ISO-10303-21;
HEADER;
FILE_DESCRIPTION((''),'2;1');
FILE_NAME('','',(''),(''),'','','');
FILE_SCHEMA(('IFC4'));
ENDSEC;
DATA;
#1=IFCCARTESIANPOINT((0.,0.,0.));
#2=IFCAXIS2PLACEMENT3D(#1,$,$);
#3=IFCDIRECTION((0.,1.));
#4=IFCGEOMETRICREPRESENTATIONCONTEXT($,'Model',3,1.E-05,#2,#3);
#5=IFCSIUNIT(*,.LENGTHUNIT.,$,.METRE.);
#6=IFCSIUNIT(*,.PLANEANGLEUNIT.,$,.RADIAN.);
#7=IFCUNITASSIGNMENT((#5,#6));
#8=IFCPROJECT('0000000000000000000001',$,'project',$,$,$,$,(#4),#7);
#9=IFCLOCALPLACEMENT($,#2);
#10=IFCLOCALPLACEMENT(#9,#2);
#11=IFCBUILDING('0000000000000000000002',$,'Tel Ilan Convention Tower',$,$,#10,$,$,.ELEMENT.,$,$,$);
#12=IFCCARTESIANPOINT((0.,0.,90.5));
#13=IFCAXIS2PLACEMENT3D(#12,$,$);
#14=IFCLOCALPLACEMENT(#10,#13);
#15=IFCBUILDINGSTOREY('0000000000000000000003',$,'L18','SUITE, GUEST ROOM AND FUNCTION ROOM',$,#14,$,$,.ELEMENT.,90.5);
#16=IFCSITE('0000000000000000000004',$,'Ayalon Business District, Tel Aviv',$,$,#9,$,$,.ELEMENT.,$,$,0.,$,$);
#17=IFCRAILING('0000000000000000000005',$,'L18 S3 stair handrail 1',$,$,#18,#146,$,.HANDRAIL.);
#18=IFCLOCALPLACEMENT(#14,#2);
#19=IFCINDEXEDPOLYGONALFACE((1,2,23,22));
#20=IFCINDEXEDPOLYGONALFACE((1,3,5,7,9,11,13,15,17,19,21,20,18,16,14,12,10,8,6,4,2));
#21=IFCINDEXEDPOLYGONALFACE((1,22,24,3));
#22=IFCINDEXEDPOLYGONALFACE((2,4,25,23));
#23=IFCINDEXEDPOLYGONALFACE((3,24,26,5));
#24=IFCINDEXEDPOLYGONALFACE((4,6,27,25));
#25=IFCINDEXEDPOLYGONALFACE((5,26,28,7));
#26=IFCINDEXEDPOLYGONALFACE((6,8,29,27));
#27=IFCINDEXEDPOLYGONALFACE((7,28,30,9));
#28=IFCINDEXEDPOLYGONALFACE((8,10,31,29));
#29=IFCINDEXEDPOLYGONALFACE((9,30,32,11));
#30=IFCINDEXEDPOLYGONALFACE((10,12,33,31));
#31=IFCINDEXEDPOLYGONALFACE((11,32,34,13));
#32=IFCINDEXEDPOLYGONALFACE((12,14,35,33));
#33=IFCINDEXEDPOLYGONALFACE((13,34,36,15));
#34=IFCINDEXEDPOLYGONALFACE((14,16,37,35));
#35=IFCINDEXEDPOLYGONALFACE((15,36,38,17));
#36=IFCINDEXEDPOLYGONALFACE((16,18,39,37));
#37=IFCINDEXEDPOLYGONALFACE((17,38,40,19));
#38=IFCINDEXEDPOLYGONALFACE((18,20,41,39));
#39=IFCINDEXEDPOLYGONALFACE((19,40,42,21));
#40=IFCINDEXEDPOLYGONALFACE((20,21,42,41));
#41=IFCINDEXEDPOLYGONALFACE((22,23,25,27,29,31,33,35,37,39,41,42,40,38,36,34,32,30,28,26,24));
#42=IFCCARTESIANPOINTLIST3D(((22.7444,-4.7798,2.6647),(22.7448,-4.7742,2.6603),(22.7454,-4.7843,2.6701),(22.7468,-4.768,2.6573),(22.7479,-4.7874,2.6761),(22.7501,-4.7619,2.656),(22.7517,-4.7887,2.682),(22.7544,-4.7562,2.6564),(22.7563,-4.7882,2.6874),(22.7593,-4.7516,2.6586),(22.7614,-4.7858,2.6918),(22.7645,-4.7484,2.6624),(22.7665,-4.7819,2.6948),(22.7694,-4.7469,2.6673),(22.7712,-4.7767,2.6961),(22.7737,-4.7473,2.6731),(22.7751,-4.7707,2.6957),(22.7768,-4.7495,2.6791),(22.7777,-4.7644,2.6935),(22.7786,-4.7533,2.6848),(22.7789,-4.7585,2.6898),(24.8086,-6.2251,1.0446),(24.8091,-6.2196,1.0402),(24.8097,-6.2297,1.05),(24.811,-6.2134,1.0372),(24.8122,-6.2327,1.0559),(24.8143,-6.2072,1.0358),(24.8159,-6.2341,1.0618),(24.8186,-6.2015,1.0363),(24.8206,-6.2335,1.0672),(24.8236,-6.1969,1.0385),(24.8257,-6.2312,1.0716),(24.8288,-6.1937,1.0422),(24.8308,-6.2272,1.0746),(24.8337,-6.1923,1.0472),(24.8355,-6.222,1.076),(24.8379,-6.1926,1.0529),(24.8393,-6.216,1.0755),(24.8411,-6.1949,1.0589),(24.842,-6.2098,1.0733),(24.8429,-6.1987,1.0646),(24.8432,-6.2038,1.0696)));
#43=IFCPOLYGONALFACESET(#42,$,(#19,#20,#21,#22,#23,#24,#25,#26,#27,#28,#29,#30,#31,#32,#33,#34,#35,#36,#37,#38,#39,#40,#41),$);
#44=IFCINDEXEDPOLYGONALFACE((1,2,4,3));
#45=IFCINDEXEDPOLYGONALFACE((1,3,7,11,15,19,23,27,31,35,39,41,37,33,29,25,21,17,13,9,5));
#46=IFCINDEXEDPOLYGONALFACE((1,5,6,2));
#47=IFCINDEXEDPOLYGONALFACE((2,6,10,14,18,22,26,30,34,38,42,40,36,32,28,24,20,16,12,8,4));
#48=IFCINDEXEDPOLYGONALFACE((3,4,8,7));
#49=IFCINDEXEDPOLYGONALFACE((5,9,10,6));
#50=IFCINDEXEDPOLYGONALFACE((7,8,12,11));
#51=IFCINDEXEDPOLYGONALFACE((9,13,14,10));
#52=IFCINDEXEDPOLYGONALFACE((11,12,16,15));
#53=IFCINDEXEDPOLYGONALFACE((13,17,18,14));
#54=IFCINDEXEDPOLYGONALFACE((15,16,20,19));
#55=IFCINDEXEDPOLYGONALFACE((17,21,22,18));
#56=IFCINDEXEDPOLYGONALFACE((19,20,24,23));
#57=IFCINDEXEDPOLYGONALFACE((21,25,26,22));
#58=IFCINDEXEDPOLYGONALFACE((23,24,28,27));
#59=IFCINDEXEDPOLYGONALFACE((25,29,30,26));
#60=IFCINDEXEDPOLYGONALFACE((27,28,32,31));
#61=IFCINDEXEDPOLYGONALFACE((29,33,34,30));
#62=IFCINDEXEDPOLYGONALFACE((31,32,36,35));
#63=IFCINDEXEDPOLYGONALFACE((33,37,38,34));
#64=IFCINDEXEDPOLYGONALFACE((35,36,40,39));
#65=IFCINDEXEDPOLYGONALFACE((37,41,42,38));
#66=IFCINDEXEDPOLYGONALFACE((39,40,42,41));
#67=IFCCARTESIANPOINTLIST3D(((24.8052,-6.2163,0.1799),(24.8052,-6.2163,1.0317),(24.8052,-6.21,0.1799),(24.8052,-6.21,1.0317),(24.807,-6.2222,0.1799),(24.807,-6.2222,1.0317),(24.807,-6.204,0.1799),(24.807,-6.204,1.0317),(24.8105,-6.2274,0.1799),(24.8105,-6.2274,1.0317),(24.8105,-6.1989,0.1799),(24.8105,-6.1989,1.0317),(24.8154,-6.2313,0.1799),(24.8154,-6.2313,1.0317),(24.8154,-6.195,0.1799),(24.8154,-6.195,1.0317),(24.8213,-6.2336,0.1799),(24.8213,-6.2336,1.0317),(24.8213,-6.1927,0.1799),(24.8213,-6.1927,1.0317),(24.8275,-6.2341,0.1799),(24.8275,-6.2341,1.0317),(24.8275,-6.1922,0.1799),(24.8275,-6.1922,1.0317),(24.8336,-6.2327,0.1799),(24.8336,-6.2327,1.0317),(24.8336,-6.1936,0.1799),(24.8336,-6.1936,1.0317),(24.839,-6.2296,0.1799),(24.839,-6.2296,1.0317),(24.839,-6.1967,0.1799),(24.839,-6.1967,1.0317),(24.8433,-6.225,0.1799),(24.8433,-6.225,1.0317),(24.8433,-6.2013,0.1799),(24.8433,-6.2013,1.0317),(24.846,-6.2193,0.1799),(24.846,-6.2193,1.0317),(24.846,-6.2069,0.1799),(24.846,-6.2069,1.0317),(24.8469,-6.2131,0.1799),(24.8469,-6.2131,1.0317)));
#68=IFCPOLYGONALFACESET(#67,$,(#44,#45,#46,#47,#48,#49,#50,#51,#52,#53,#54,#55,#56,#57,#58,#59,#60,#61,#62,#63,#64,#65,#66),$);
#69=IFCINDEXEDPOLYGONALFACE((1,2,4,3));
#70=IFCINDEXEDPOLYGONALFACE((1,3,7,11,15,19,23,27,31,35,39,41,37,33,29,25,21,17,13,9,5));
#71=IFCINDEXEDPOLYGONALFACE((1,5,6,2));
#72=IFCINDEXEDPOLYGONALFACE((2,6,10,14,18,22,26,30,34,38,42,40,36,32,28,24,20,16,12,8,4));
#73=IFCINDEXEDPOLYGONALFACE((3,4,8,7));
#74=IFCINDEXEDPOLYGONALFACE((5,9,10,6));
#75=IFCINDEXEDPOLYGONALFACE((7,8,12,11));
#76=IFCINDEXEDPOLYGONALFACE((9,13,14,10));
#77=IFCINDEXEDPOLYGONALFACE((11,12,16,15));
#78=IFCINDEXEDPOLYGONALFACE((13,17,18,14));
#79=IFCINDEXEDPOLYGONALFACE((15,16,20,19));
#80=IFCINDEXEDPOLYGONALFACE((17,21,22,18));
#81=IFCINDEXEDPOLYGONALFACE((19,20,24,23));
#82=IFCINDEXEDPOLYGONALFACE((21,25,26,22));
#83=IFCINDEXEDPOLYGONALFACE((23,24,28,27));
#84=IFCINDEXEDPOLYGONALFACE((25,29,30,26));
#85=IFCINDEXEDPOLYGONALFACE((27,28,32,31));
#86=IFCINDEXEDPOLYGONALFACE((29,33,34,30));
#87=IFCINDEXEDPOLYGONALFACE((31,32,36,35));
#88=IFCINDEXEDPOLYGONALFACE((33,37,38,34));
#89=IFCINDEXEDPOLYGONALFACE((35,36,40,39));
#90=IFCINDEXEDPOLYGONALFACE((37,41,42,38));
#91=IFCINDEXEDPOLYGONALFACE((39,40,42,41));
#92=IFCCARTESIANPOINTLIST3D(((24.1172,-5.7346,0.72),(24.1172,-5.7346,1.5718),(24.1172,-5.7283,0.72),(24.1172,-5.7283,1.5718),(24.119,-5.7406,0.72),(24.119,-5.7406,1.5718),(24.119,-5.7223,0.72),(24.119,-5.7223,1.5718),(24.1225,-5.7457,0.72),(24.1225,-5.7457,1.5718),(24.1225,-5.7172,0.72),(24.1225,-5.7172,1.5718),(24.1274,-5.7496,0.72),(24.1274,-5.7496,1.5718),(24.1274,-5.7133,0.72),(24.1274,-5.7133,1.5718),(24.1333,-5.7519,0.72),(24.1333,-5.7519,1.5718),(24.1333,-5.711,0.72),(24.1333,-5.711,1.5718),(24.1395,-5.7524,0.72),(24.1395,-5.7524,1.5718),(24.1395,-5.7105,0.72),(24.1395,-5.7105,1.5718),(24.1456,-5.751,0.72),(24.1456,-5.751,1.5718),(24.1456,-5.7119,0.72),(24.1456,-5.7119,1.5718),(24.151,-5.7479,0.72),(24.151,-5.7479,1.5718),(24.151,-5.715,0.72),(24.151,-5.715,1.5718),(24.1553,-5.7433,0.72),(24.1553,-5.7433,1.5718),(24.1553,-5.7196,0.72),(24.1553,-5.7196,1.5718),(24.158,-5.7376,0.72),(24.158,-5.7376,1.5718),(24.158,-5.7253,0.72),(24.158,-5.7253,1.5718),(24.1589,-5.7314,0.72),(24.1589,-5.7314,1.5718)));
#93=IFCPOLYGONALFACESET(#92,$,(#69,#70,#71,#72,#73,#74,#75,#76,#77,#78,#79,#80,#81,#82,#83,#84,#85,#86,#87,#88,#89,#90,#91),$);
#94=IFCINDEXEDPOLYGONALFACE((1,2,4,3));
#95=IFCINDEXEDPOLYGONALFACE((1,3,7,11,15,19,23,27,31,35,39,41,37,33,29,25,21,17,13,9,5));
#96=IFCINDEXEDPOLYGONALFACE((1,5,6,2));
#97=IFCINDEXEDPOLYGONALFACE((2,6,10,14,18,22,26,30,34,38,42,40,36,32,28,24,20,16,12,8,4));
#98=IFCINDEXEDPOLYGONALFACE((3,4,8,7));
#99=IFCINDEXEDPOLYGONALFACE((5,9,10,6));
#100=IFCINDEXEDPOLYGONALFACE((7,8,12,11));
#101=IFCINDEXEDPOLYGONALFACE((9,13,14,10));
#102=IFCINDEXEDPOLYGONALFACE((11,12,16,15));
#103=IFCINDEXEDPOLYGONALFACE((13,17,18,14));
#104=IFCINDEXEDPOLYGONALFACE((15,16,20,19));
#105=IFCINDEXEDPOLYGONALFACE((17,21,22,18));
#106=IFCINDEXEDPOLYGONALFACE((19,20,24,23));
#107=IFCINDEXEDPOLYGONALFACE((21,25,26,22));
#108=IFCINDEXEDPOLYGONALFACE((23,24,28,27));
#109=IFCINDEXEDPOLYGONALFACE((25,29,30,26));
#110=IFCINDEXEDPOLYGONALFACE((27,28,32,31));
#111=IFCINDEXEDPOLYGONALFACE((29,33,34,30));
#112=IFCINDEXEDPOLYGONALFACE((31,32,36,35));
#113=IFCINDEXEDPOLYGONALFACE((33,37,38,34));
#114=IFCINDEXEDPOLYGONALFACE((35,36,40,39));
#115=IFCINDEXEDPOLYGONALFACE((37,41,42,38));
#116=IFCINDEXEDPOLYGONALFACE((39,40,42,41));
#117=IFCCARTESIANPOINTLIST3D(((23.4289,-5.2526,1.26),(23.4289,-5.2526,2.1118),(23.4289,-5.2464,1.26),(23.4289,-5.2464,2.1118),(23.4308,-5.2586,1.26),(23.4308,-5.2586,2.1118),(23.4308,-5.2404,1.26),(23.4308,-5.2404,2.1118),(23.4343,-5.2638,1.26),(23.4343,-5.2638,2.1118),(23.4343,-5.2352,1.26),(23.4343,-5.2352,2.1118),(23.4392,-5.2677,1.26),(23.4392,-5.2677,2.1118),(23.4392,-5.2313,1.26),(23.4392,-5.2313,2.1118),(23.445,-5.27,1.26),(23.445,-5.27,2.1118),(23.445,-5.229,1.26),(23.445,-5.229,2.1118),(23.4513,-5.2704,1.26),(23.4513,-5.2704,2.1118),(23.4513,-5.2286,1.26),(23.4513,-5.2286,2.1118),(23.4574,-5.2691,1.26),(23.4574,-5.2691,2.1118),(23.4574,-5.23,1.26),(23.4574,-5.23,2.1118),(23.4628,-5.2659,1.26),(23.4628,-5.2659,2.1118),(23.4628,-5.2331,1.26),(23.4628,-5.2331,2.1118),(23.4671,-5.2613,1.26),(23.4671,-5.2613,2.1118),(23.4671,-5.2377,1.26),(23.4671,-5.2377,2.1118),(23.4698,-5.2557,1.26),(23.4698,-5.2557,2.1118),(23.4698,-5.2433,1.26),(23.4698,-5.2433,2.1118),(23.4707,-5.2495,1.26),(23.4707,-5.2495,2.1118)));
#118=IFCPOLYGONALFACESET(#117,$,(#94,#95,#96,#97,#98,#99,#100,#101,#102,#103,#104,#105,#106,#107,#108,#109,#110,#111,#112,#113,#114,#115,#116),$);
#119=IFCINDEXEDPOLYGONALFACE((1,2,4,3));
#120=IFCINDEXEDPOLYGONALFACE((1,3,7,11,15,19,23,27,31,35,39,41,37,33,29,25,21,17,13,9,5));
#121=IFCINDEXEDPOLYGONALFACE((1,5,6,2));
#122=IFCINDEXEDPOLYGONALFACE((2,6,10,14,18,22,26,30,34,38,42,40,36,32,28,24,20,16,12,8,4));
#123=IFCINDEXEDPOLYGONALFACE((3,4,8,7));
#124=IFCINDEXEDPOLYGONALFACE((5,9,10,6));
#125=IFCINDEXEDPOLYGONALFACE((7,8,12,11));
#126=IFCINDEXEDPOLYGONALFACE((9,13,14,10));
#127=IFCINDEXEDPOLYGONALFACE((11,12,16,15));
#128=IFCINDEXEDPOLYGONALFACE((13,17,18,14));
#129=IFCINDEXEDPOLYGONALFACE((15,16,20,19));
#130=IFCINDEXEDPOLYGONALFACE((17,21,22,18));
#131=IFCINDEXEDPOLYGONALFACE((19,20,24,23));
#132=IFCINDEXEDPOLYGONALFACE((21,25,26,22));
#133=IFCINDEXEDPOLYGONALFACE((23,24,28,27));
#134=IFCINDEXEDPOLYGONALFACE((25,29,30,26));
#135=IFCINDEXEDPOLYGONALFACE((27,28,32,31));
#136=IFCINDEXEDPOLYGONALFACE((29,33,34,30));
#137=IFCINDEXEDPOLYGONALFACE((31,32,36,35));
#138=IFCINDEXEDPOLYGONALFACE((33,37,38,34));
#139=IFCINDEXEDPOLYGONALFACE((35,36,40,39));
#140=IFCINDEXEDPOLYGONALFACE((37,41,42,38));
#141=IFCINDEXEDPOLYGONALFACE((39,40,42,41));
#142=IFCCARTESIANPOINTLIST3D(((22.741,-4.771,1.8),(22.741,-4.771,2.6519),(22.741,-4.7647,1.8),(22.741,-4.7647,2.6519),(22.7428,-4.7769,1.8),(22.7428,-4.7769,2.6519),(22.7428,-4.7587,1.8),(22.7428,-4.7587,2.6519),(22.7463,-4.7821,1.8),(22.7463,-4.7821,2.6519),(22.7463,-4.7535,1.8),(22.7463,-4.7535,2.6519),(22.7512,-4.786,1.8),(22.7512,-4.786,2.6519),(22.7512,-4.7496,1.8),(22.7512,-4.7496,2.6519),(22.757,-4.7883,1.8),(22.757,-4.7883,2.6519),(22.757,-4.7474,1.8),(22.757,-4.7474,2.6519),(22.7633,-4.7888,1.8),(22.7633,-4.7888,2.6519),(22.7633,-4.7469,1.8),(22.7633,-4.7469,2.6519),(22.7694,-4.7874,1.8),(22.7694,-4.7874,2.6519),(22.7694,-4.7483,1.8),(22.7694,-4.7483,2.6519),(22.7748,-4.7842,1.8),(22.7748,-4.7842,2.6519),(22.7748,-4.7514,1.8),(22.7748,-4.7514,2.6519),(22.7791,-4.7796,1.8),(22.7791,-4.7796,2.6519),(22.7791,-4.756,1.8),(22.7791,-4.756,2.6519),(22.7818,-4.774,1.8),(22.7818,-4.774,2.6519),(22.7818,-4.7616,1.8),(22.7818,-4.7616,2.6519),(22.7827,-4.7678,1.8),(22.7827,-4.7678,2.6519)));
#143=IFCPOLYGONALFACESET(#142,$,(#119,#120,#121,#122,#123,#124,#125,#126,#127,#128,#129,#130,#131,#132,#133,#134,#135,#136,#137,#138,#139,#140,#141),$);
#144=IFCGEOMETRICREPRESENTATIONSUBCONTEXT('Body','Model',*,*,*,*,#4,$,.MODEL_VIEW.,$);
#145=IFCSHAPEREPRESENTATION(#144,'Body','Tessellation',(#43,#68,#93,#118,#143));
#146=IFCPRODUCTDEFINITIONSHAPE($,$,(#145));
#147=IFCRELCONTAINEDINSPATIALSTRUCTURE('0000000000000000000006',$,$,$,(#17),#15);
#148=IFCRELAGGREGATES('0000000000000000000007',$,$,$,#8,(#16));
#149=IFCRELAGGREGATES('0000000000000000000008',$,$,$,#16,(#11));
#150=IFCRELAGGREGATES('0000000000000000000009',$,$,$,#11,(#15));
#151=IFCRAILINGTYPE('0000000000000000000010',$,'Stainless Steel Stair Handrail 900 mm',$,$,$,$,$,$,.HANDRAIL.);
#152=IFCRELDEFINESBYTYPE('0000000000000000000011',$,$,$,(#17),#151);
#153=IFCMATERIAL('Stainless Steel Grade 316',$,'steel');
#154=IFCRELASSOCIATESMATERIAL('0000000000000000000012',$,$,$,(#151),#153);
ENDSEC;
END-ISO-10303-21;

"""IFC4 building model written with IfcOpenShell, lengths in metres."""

from ifc_helpers import new_model, si_unit, direction, frame, origin, origin_2d, place, context, subcontext, project, spatial, circle, extrude, material, type_object, element, save


model = new_model("IFC4")

# Units and contexts
model_context = context("Model", 3, precision=1e-05, world=origin(), true_north=direction((0.0, 1.0)))
body_context = subcontext(model_context, "Body", "Model", "MODEL_VIEW")
ifc_project = project(units=[si_unit("LENGTHUNIT", "METRE"), si_unit("PLANEANGLEUNIT", "RADIAN")], contexts=[model_context])

# Site, building, storey
site_placement = place(None, origin())
site = spatial("IfcSite", under=ifc_project, at=site_placement, Name="Ayalon Business District, Tel Aviv", CompositionType="ELEMENT", RefElevation=0.0)
building_placement = place(site_placement, origin())
building = spatial("IfcBuilding", under=site, at=building_placement, Name="Tel Ilan Convention Tower", CompositionType="ELEMENT")
storey_placement = place(building_placement, frame((0.0, 0.0, 90.5)))
storey = spatial("IfcBuildingStorey", under=building, at=storey_placement, Name="L18", Description="SUITE, GUEST ROOM AND FUNCTION ROOM", CompositionType="ELEMENT", Elevation=90.5)

# Railing
ifc_material_1 = material(Name="Stainless Steel Grade 316", Category="steel")
railing_type_1 = type_object("IfcRailingType", Name="Stainless Steel Stair Handrail 900 mm", PredefinedType="HANDRAIL", material=ifc_material_1)
railing_1_placement = place(storey_placement, frame((24.8259, -6.2131, 0.1799)))
element("IfcRailing", 1, at=railing_1_placement, inside=storey, type_object=railing_type_1, Name="L18 S3 stair handrail 1", PredefinedType="HANDRAIL", context=body_context, shape_type="SweptSolid", body=[
    extrude(circle(Radius=0.0239, at=origin_2d()), frame((0.0, 0.0, 0.876), z_axis=(-0.68904, 0.48245, 0.540801), x_axis=(-0.57356, -0.819164, 0.0)), (0.0, 0.0, 1.0), 2.9958),
    extrude(circle(Radius=0.021, at=origin_2d()), origin(), (0.0, 0.0, 1.0), 0.8518),
    extrude(circle(Radius=0.021, at=origin_2d()), frame((-0.688, 0.4817, 0.54)), (0.0, 0.0, 1.0), 0.8518),
    extrude(circle(Radius=0.021, at=origin_2d()), frame((-1.3762, 0.9636, 1.0801)), (0.0, 0.0, 1.0), 0.8518),
    extrude(circle(Radius=0.021, at=origin_2d()), frame((-2.0642, 1.4453, 1.6201)), (0.0, 0.0, 1.0), 0.8518),
])

save(model, "model.ifc")
